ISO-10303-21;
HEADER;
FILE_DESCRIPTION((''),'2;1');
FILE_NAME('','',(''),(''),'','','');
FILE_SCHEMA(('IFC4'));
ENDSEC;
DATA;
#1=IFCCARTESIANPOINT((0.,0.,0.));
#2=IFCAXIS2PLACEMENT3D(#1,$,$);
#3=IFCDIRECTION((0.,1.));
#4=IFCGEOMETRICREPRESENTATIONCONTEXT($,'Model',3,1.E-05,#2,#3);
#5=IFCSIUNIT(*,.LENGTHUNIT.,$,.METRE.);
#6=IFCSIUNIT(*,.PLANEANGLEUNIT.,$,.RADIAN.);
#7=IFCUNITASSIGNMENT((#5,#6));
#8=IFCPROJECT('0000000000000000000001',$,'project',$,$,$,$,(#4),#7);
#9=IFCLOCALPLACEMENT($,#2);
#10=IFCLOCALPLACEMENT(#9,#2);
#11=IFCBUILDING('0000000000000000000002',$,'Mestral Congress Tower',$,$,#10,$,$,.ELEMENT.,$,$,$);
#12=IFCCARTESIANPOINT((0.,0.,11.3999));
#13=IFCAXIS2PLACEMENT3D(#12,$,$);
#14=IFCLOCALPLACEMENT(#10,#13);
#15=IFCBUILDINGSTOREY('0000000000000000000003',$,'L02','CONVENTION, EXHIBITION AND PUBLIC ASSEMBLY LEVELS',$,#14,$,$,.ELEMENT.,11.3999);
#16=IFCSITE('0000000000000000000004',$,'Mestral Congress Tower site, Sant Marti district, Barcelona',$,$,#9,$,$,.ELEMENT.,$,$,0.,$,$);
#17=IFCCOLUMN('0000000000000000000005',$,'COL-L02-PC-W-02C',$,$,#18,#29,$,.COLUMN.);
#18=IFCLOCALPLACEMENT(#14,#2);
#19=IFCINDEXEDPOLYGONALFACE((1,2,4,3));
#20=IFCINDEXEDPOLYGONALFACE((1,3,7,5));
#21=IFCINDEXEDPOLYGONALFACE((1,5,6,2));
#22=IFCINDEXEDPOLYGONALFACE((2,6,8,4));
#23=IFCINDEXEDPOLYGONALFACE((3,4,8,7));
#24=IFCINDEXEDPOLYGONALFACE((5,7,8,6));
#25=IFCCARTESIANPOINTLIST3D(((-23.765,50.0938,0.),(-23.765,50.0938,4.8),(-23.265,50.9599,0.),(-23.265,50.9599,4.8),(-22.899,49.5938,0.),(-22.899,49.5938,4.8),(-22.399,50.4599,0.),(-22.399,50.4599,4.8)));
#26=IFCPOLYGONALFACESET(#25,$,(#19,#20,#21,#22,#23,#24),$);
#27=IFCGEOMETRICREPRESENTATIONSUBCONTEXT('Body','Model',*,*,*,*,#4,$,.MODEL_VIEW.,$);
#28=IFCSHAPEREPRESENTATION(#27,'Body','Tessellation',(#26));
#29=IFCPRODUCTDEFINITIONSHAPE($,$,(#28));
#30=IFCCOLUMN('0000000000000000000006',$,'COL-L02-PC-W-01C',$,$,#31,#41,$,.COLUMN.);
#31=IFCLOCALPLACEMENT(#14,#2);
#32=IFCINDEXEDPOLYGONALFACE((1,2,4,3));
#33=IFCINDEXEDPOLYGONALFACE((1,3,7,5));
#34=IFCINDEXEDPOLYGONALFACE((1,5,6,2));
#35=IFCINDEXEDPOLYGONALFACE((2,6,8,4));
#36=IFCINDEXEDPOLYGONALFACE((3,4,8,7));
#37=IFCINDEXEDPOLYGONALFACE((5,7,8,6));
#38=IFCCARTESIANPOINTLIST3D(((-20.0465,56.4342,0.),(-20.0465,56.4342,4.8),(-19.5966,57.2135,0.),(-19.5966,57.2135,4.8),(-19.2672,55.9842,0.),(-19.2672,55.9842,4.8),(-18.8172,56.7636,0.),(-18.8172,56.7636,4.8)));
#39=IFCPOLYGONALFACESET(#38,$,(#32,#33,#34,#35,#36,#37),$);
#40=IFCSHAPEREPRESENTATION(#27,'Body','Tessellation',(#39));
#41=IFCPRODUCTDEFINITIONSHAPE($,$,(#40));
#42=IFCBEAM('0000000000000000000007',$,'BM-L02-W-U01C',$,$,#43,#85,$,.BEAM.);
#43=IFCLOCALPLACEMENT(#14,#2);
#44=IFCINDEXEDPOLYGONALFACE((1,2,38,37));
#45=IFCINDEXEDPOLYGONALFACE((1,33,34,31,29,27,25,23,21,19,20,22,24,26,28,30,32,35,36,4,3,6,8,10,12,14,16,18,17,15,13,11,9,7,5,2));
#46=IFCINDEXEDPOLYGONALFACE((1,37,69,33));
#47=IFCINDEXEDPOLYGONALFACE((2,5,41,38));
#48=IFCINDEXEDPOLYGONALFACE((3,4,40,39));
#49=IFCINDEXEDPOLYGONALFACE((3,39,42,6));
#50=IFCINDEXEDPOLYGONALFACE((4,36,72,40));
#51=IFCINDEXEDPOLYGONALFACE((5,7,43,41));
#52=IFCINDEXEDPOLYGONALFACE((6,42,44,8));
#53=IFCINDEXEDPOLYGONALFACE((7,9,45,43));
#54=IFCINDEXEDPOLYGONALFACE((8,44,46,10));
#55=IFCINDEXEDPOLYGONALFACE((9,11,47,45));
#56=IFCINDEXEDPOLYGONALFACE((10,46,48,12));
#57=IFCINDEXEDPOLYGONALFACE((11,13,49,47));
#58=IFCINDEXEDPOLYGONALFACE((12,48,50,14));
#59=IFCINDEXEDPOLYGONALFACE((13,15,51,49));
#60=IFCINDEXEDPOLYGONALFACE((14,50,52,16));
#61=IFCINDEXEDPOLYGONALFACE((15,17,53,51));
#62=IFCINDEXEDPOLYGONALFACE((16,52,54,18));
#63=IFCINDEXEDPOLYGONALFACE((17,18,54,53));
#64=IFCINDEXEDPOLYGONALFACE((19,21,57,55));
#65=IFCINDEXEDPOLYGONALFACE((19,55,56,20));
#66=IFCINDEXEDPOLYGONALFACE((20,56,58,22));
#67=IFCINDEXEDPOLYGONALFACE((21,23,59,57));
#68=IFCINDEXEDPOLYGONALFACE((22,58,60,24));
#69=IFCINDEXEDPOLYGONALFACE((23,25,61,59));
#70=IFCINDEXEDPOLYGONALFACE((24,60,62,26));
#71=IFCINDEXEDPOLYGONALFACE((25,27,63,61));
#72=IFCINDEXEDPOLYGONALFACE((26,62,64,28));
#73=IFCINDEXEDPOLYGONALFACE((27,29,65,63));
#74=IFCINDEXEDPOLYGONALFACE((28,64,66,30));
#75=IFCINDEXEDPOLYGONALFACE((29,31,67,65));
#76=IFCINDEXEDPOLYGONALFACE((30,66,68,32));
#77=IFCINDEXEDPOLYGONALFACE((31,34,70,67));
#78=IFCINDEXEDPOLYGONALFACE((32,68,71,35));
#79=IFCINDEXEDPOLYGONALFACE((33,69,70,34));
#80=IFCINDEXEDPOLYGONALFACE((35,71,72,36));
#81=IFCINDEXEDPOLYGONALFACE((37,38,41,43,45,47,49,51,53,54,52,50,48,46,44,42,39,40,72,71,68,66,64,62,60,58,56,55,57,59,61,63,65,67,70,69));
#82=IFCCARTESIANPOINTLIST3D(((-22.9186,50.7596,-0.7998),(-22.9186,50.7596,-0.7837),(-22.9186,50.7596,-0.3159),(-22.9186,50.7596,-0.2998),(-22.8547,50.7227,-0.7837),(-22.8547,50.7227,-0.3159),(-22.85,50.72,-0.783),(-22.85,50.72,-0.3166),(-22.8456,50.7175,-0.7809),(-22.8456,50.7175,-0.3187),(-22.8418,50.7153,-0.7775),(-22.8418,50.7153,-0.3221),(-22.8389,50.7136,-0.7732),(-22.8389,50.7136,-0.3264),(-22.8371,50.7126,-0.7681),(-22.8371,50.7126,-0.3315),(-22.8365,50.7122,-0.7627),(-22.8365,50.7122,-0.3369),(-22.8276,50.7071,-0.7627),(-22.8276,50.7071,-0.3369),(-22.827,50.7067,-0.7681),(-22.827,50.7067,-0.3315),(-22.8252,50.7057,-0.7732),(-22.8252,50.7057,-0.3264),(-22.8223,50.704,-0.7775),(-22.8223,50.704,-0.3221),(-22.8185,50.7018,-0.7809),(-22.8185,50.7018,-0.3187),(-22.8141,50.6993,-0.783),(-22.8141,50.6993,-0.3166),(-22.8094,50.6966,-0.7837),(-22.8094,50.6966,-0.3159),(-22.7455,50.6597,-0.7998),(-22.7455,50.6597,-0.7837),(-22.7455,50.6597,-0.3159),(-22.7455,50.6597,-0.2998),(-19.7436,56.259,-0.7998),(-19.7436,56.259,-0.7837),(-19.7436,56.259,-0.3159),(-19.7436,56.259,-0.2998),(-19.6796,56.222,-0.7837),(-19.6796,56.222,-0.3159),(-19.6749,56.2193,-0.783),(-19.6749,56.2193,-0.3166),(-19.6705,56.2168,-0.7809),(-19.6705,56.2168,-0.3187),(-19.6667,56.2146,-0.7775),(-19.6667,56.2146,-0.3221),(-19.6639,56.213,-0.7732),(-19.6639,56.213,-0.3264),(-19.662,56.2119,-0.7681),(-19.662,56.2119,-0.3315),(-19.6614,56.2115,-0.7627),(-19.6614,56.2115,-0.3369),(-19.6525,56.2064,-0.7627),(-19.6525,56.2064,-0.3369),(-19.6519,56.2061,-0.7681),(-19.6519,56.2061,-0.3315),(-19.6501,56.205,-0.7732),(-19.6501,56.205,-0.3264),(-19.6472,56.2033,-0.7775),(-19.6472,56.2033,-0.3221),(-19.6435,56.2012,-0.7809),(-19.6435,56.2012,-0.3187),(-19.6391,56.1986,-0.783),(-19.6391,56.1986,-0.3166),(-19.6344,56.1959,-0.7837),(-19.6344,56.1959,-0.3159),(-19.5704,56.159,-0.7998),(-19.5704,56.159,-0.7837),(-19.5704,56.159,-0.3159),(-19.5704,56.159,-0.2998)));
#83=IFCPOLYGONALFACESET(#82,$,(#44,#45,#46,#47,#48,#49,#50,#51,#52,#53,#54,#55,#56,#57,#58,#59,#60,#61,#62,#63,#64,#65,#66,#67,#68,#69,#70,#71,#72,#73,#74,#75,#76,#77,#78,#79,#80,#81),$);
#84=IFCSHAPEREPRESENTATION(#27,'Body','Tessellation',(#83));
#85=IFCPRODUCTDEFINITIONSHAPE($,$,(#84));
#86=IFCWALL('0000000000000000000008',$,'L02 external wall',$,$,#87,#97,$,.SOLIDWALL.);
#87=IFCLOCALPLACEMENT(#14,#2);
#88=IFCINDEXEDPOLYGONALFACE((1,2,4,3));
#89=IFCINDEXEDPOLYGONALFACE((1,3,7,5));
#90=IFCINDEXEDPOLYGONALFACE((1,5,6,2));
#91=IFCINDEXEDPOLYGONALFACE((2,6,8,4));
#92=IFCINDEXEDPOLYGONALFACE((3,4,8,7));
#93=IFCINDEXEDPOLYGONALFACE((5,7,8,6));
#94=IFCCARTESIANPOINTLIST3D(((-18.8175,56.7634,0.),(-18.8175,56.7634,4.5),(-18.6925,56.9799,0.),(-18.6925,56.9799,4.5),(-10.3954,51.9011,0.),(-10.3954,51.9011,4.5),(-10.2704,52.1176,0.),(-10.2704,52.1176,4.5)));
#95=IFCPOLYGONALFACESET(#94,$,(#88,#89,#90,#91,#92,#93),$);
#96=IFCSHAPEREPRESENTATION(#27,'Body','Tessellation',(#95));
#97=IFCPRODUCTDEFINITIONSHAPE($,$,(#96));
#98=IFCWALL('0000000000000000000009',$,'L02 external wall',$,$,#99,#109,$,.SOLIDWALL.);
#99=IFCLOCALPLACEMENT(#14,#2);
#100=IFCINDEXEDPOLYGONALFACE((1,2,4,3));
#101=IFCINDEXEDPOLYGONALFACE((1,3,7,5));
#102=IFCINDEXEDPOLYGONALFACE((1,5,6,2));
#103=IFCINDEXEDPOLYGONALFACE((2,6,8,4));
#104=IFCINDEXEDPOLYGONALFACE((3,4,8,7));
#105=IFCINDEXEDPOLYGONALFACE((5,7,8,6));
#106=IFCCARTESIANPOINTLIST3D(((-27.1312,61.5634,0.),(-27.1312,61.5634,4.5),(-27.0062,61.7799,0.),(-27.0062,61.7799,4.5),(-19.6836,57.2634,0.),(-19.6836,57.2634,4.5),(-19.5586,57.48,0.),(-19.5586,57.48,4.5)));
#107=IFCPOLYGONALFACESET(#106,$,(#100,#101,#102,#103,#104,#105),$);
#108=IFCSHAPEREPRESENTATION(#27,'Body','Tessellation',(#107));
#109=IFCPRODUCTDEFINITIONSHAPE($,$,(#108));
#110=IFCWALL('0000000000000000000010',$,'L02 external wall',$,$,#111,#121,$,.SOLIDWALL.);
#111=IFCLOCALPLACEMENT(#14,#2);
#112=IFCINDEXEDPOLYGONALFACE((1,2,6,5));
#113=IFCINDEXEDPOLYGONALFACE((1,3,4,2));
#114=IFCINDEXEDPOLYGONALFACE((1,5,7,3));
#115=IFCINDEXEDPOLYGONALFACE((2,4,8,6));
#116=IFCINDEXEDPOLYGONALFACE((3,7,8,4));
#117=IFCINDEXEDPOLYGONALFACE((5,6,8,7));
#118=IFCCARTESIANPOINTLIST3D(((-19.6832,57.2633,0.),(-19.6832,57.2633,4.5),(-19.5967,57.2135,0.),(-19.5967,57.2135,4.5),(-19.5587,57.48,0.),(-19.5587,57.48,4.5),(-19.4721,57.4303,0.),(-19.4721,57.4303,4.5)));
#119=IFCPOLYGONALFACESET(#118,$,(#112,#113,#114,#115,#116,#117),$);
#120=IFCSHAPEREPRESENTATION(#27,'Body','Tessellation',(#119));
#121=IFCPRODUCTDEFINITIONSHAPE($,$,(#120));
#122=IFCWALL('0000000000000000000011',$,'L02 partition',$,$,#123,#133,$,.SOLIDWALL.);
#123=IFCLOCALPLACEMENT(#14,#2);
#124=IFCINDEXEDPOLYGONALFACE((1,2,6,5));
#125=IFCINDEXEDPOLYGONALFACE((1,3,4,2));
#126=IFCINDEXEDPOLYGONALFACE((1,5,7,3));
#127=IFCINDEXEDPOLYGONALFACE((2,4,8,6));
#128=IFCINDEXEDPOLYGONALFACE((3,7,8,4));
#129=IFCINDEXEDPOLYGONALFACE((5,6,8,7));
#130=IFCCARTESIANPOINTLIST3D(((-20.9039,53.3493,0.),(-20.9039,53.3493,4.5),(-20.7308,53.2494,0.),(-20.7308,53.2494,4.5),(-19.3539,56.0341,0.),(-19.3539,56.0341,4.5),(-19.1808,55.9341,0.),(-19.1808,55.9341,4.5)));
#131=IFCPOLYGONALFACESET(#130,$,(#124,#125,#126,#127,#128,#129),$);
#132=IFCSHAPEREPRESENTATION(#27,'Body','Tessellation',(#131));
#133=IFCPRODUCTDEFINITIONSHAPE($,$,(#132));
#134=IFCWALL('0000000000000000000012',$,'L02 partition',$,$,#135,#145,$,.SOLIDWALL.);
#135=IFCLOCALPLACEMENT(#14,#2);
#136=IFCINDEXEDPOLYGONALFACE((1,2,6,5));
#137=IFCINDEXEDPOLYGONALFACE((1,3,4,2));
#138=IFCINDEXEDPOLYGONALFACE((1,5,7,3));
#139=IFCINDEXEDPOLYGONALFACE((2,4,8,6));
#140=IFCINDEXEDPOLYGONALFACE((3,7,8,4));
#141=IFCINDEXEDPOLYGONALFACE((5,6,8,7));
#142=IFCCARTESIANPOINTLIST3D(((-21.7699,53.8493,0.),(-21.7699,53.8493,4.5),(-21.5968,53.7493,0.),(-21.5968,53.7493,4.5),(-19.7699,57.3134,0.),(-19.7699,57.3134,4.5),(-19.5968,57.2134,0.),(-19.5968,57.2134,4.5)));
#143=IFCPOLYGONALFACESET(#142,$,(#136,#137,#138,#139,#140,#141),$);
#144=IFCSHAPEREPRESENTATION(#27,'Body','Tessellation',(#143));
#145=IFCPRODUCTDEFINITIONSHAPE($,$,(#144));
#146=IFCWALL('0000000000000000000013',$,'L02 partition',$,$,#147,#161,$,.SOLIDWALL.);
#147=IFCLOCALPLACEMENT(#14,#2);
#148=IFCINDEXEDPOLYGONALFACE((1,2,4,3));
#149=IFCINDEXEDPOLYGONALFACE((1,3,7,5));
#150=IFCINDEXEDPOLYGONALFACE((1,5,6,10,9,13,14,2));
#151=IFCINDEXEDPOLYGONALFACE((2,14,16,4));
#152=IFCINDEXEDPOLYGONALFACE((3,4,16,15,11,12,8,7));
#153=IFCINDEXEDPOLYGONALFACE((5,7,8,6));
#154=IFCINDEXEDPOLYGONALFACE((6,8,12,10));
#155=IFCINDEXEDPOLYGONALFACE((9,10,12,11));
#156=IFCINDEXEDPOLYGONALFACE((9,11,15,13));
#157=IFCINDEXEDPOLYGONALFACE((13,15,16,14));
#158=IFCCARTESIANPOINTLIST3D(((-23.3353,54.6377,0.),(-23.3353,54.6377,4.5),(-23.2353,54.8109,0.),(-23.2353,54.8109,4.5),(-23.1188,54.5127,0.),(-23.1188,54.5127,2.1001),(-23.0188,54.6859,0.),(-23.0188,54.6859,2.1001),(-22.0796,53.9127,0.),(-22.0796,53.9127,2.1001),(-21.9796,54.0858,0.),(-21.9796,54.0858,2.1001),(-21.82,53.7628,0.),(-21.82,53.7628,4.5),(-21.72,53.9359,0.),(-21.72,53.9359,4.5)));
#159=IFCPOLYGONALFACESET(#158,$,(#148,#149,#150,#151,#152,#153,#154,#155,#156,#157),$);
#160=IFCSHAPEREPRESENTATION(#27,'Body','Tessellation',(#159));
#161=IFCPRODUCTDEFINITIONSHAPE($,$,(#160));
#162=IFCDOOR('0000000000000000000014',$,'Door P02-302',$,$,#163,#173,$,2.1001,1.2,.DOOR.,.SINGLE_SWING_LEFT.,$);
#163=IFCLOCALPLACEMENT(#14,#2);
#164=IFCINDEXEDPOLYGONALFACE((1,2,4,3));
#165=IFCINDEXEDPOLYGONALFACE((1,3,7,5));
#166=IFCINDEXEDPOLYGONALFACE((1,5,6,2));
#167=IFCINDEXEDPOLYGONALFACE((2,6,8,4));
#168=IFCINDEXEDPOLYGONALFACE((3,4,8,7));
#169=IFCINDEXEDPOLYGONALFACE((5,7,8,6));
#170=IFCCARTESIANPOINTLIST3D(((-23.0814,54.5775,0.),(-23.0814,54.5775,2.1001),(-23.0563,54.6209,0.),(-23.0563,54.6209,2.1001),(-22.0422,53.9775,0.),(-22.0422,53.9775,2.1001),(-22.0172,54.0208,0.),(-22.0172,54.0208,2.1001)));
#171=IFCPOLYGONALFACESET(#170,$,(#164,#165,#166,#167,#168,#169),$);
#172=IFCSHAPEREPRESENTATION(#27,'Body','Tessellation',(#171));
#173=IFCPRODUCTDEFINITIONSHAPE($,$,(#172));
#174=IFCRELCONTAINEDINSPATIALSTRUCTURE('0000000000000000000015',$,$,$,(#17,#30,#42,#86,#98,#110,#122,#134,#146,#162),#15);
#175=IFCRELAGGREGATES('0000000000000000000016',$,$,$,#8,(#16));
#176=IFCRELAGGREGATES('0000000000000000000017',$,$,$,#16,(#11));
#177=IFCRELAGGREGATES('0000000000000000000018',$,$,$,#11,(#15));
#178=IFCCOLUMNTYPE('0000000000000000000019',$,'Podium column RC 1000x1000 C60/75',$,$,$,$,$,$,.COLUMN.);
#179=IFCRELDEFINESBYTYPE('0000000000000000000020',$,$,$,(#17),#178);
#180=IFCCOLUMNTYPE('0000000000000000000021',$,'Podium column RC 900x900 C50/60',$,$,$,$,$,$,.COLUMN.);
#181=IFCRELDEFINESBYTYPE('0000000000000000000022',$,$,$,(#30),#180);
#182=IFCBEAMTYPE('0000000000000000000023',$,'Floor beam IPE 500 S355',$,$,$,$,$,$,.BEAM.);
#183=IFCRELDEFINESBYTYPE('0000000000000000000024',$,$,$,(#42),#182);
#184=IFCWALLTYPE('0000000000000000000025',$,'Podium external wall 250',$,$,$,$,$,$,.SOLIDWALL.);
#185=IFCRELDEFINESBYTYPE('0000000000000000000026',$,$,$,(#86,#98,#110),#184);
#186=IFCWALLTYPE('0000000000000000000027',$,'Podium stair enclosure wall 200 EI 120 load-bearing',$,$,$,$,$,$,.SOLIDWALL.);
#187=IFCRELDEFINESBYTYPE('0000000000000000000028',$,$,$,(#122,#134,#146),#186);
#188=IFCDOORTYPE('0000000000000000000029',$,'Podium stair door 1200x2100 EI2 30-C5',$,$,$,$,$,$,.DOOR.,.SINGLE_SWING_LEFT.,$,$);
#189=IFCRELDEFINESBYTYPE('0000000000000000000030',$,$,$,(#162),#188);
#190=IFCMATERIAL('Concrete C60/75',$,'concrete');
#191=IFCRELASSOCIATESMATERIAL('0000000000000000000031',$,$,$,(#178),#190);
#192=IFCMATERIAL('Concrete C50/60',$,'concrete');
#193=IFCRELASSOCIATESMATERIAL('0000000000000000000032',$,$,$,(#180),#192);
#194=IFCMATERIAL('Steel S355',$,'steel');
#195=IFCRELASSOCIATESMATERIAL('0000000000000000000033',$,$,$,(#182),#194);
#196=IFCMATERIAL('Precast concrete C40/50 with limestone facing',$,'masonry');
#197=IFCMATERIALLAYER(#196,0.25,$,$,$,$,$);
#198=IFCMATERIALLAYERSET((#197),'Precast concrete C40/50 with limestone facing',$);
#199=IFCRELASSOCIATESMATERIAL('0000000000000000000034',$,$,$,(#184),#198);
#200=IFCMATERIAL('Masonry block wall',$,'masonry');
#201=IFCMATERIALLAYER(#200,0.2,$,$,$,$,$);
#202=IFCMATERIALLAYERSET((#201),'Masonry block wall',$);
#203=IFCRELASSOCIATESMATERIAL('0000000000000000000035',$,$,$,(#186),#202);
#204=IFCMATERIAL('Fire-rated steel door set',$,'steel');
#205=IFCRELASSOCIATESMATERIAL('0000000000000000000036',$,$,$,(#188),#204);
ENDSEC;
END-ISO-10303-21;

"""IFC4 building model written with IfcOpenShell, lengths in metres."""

from ifc_helpers import new_model, si_unit, direction, frame, frame_2d, origin, origin_2d, place, context, subcontext, project, spatial, rectangle, i_section, extrude, material, layer, layer_set, material_profile, profile_set, type_object, element, fill, save


model = new_model("IFC4")

# Units and contexts
model_context = context("Model", 3, precision=1e-05, world=origin(), true_north=direction((0.0, 1.0)))
body_context = subcontext(model_context, "Body", "Model", "MODEL_VIEW")
ifc_project = project(units=[si_unit("LENGTHUNIT", "METRE"), si_unit("PLANEANGLEUNIT", "RADIAN")], contexts=[model_context])

# Site, building, storey
site_placement = place(None, origin())
site = spatial("IfcSite", under=ifc_project, at=site_placement, Name="Mestral Congress Tower site, Sant Marti district, Barcelona", CompositionType="ELEMENT", RefElevation=0.0)
building_placement = place(site_placement, origin())
building = spatial("IfcBuilding", under=site, at=building_placement, Name="Mestral Congress Tower", CompositionType="ELEMENT")
storey_placement = place(building_placement, frame((0.0, 0.0, 11.3999)))
storey = spatial("IfcBuildingStorey", under=building, at=storey_placement, Name="L02", Description="CONVENTION, EXHIBITION AND PUBLIC ASSEMBLY LEVELS", CompositionType="ELEMENT", Elevation=11.3999)

# Columns
ifc_material_1 = material(Name="Concrete C60/75", Category="concrete")
ifc_material_profile_1 = material_profile(ifc_material_1, rectangle(XDim=1.0, YDim=1.0, at=origin_2d()), Name="RC 1000x1000")
ifc_profile_set_1 = profile_set([ifc_material_profile_1], Name="Concrete C60/75")
column_type_1 = type_object("IfcColumnType", Name="Podium column RC 1000x1000 C60/75", PredefinedType="COLUMN", material=ifc_profile_set_1)
column_1_placement = place(storey_placement, frame((-23.082, 50.2769, 0.0), z_axis=(0.0, 0.0, 1.0), x_axis=(-0.5, -0.866025, 0.0)))
element("IfcColumn", 1, at=column_1_placement, inside=storey, type_object=column_type_1, Name="COL-L02-PC-W-02C", PredefinedType="COLUMN", context=body_context, shape_type="SweptSolid", body=[
    extrude(rectangle(XDim=1.0, YDim=1.0, at=origin_2d()), origin(), (0.0, 0.0, 1.0), 4.8),
])
ifc_material_2 = material(Name="Concrete C50/60", Category="concrete")
ifc_material_profile_2 = material_profile(ifc_material_2, rectangle(XDim=0.8999, YDim=0.8999, at=origin_2d()), Name="RC 900x900")
ifc_profile_set_2 = profile_set([ifc_material_profile_2], Name="Concrete C50/60")
column_type_2 = type_object("IfcColumnType", Name="Podium column RC 900x900 C50/60", PredefinedType="COLUMN", material=ifc_profile_set_2)
column_2_placement = place(storey_placement, frame((-19.4319, 56.5989, 0.0), z_axis=(0.0, 0.0, 1.0), x_axis=(-0.5, -0.866025, 0.0)))
element("IfcColumn", 2, at=column_2_placement, inside=storey, type_object=column_type_2, Name="COL-L02-PC-W-01C", PredefinedType="COLUMN", context=body_context, shape_type="SweptSolid", body=[
    extrude(rectangle(XDim=0.8999, YDim=0.8999, at=origin_2d()), origin(), (0.0, 0.0, 1.0), 4.8),
])

# Beam
ifc_material_3 = material(Name="Steel S355", Category="steel")
ifc_material_profile_3 = material_profile(ifc_material_3, i_section(OverallWidth=0.2, OverallDepth=0.5, WebThickness=0.0103, FlangeThickness=0.0161, FilletRadius=0.021, at=origin_2d()), Name="IPE 500")
ifc_profile_set_3 = profile_set([ifc_material_profile_3], Name="Steel S355")
beam_type = type_object("IfcBeamType", Name="Floor beam IPE 500 S355", PredefinedType="BEAM", material=ifc_profile_set_3)
beam_placement = place(storey_placement, frame((-19.657, 56.209, -0.5498), z_axis=(-0.500005, -0.866022, 0.0), x_axis=(0.866022, -0.500005, 0.0)))
element("IfcBeam", 3, at=beam_placement, inside=storey, type_object=beam_type, Name="BM-L02-W-U01C", PredefinedType="BEAM", context=body_context, shape_type="SweptSolid", body=[
    extrude(i_section(OverallWidth=0.2, OverallDepth=0.5, WebThickness=0.0103, FlangeThickness=0.0161, FilletRadius=0.021, at=origin_2d()), origin(), (0.0, 0.0, 1.0), 6.3501),
])

# Walls
ifc_material_4 = material(Name="Precast concrete C40/50 with limestone facing", Category="masonry")
ifc_layer_1 = layer(ifc_material_4, 0.25)
ifc_layer_set_1 = layer_set([ifc_layer_1], Name="Precast concrete C40/50 with limestone facing")
wall_type_1 = type_object("IfcWallType", Name="Podium external wall 250", PredefinedType="SOLIDWALL", material=ifc_layer_set_1)
wall_1_placement = place(storey_placement, frame((-18.7549, 56.8716, 0.0), z_axis=(0.0, 0.0, 1.0), x_axis=(0.866035, -0.499984, 0.0)))
element("IfcWall", 4, at=wall_1_placement, inside=storey, type_object=wall_type_1, Name="L02 external wall", PredefinedType="SOLIDWALL", context=body_context, shape_type="SweptSolid", body=[
    extrude(rectangle(XDim=9.7249, YDim=0.25, at=frame_2d((4.8623, 0.0))), origin(), (0.0, 0.0, 1.0), 4.5),
])
wall_2_placement = place(storey_placement, frame((-27.0686, 61.6716, 0.0), z_axis=(0.0, 0.0, 1.0), x_axis=(0.866021, -0.500008, 0.0)))
element("IfcWall", 5, at=wall_2_placement, inside=storey, type_object=wall_type_1, Name="L02 external wall", PredefinedType="SOLIDWALL", context=body_context, shape_type="SweptSolid", body=[
    extrude(rectangle(XDim=8.5999, YDim=0.25, at=frame_2d((4.2998, 0.0))), origin(), (0.0, 0.0, 1.0), 4.5),
])
wall_3_placement = place(storey_placement, frame((-19.6208, 57.3716, 0.0), z_axis=(0.0, 0.0, 1.0), x_axis=(0.867038, -0.498242, 0.0)))
element("IfcWall", 6, at=wall_3_placement, inside=storey, type_object=wall_type_1, Name="L02 external wall", PredefinedType="SOLIDWALL", context=body_context, shape_type="SweptSolid", body=[
    extrude(rectangle(XDim=0.0999, YDim=0.25, at=frame_2d((0.0498, 0.0))), origin(), (0.0, 0.0, 1.0), 4.5),
])
ifc_material_5 = material(Name="Masonry block wall", Category="masonry")
ifc_layer_2 = layer(ifc_material_5, 0.2)
ifc_layer_set_2 = layer_set([ifc_layer_2], Name="Masonry block wall")
wall_type_2 = type_object("IfcWallType", Name="Podium stair enclosure wall 200 EI 120 load-bearing", PredefinedType="SOLIDWALL", material=ifc_layer_set_2)
wall_4_placement = place(storey_placement, frame((-19.2673, 55.9841, 0.0), z_axis=(0.0, 0.0, 1.0), x_axis=(-0.499993, -0.86603, 0.0)))
element("IfcWall", 7, at=wall_4_placement, inside=storey, type_object=wall_type_2, Name="L02 partition", PredefinedType="SOLIDWALL", context=body_context, shape_type="SweptSolid", body=[
    extrude(rectangle(XDim=3.1001, YDim=0.2, at=frame_2d((1.55, 0.0))), origin(), (0.0, 0.0, 1.0), 4.5),
])
wall_5_placement = place(storey_placement, frame((-19.6833, 57.2634, 0.0), z_axis=(0.0, 0.0, 1.0), x_axis=(-0.499999, -0.866026, 0.0)))
element("IfcWall", 8, at=wall_5_placement, inside=storey, type_object=wall_type_2, Name="L02 partition", PredefinedType="SOLIDWALL", context=body_context, shape_type="SweptSolid", body=[
    extrude(rectangle(XDim=4.0, YDim=0.2, at=frame_2d((2.0, 0.0))), origin(), (0.0, 0.0, 1.0), 4.5),
])

# Wall, opening, door
wall_6_placement = place(storey_placement, frame((-23.2854, 54.7244, 0.0), z_axis=(0.0, 0.0, 1.0), x_axis=(0.866002, -0.50004, 0.0)))
wall_6 = element("IfcWall", 9, at=wall_6_placement, inside=storey, type_object=wall_type_2, Name="L02 partition", PredefinedType="SOLIDWALL", context=body_context, shape_type="SweptSolid", body=[
    extrude(rectangle(XDim=1.7498, YDim=0.2, at=frame_2d((0.875, 0.0))), origin(), (0.0, 0.0, 1.0), 4.5),
])
opening_1_placement = place(wall_6_placement, frame((0.25, 0.0, 0.0)))
opening_1 = element("IfcOpeningElement", 10, at=opening_1_placement, cuts=wall_6, PredefinedType="OPENING", context=body_context, shape_type="SweptSolid", body=[
    extrude(rectangle(XDim=1.2, YDim=2.1001, at=frame_2d((0.6001, 1.05))), frame((0.0, 0.1099, 0.0), z_axis=(0.0, -1.0, 0.0), x_axis=(1.0, 0.0, 0.0)), (0.0, 0.0, 1.0), 0.22),
])
ifc_material_6 = material(Name="Fire-rated steel door set", Category="steel")
door_type_1 = type_object("IfcDoorType", Name="Podium stair door 1200x2100 EI2 30-C5", OperationType="SINGLE_SWING_LEFT", PredefinedType="DOOR", material=ifc_material_6)
door_1_placement = place(opening_1_placement, origin())
door_1 = element("IfcDoor", 11, at=door_1_placement, inside=storey, type_object=door_type_1, Name="Door P02-302", OperationType="SINGLE_SWING_LEFT", OverallHeight=2.1001, OverallWidth=1.2, PredefinedType="DOOR", context=body_context, shape_type="SweptSolid", body=[
    extrude(rectangle(XDim=1.2, YDim=2.1001, at=frame_2d((0.6001, 1.05))), frame((0.0, 0.0249, 0.0), z_axis=(0.0, -1.0, 0.0), x_axis=(1.0, 0.0, 0.0)), (0.0, 0.0, 1.0), 0.05),
])
fill(opening_1, door_1)

save(model, "model.ifc")
